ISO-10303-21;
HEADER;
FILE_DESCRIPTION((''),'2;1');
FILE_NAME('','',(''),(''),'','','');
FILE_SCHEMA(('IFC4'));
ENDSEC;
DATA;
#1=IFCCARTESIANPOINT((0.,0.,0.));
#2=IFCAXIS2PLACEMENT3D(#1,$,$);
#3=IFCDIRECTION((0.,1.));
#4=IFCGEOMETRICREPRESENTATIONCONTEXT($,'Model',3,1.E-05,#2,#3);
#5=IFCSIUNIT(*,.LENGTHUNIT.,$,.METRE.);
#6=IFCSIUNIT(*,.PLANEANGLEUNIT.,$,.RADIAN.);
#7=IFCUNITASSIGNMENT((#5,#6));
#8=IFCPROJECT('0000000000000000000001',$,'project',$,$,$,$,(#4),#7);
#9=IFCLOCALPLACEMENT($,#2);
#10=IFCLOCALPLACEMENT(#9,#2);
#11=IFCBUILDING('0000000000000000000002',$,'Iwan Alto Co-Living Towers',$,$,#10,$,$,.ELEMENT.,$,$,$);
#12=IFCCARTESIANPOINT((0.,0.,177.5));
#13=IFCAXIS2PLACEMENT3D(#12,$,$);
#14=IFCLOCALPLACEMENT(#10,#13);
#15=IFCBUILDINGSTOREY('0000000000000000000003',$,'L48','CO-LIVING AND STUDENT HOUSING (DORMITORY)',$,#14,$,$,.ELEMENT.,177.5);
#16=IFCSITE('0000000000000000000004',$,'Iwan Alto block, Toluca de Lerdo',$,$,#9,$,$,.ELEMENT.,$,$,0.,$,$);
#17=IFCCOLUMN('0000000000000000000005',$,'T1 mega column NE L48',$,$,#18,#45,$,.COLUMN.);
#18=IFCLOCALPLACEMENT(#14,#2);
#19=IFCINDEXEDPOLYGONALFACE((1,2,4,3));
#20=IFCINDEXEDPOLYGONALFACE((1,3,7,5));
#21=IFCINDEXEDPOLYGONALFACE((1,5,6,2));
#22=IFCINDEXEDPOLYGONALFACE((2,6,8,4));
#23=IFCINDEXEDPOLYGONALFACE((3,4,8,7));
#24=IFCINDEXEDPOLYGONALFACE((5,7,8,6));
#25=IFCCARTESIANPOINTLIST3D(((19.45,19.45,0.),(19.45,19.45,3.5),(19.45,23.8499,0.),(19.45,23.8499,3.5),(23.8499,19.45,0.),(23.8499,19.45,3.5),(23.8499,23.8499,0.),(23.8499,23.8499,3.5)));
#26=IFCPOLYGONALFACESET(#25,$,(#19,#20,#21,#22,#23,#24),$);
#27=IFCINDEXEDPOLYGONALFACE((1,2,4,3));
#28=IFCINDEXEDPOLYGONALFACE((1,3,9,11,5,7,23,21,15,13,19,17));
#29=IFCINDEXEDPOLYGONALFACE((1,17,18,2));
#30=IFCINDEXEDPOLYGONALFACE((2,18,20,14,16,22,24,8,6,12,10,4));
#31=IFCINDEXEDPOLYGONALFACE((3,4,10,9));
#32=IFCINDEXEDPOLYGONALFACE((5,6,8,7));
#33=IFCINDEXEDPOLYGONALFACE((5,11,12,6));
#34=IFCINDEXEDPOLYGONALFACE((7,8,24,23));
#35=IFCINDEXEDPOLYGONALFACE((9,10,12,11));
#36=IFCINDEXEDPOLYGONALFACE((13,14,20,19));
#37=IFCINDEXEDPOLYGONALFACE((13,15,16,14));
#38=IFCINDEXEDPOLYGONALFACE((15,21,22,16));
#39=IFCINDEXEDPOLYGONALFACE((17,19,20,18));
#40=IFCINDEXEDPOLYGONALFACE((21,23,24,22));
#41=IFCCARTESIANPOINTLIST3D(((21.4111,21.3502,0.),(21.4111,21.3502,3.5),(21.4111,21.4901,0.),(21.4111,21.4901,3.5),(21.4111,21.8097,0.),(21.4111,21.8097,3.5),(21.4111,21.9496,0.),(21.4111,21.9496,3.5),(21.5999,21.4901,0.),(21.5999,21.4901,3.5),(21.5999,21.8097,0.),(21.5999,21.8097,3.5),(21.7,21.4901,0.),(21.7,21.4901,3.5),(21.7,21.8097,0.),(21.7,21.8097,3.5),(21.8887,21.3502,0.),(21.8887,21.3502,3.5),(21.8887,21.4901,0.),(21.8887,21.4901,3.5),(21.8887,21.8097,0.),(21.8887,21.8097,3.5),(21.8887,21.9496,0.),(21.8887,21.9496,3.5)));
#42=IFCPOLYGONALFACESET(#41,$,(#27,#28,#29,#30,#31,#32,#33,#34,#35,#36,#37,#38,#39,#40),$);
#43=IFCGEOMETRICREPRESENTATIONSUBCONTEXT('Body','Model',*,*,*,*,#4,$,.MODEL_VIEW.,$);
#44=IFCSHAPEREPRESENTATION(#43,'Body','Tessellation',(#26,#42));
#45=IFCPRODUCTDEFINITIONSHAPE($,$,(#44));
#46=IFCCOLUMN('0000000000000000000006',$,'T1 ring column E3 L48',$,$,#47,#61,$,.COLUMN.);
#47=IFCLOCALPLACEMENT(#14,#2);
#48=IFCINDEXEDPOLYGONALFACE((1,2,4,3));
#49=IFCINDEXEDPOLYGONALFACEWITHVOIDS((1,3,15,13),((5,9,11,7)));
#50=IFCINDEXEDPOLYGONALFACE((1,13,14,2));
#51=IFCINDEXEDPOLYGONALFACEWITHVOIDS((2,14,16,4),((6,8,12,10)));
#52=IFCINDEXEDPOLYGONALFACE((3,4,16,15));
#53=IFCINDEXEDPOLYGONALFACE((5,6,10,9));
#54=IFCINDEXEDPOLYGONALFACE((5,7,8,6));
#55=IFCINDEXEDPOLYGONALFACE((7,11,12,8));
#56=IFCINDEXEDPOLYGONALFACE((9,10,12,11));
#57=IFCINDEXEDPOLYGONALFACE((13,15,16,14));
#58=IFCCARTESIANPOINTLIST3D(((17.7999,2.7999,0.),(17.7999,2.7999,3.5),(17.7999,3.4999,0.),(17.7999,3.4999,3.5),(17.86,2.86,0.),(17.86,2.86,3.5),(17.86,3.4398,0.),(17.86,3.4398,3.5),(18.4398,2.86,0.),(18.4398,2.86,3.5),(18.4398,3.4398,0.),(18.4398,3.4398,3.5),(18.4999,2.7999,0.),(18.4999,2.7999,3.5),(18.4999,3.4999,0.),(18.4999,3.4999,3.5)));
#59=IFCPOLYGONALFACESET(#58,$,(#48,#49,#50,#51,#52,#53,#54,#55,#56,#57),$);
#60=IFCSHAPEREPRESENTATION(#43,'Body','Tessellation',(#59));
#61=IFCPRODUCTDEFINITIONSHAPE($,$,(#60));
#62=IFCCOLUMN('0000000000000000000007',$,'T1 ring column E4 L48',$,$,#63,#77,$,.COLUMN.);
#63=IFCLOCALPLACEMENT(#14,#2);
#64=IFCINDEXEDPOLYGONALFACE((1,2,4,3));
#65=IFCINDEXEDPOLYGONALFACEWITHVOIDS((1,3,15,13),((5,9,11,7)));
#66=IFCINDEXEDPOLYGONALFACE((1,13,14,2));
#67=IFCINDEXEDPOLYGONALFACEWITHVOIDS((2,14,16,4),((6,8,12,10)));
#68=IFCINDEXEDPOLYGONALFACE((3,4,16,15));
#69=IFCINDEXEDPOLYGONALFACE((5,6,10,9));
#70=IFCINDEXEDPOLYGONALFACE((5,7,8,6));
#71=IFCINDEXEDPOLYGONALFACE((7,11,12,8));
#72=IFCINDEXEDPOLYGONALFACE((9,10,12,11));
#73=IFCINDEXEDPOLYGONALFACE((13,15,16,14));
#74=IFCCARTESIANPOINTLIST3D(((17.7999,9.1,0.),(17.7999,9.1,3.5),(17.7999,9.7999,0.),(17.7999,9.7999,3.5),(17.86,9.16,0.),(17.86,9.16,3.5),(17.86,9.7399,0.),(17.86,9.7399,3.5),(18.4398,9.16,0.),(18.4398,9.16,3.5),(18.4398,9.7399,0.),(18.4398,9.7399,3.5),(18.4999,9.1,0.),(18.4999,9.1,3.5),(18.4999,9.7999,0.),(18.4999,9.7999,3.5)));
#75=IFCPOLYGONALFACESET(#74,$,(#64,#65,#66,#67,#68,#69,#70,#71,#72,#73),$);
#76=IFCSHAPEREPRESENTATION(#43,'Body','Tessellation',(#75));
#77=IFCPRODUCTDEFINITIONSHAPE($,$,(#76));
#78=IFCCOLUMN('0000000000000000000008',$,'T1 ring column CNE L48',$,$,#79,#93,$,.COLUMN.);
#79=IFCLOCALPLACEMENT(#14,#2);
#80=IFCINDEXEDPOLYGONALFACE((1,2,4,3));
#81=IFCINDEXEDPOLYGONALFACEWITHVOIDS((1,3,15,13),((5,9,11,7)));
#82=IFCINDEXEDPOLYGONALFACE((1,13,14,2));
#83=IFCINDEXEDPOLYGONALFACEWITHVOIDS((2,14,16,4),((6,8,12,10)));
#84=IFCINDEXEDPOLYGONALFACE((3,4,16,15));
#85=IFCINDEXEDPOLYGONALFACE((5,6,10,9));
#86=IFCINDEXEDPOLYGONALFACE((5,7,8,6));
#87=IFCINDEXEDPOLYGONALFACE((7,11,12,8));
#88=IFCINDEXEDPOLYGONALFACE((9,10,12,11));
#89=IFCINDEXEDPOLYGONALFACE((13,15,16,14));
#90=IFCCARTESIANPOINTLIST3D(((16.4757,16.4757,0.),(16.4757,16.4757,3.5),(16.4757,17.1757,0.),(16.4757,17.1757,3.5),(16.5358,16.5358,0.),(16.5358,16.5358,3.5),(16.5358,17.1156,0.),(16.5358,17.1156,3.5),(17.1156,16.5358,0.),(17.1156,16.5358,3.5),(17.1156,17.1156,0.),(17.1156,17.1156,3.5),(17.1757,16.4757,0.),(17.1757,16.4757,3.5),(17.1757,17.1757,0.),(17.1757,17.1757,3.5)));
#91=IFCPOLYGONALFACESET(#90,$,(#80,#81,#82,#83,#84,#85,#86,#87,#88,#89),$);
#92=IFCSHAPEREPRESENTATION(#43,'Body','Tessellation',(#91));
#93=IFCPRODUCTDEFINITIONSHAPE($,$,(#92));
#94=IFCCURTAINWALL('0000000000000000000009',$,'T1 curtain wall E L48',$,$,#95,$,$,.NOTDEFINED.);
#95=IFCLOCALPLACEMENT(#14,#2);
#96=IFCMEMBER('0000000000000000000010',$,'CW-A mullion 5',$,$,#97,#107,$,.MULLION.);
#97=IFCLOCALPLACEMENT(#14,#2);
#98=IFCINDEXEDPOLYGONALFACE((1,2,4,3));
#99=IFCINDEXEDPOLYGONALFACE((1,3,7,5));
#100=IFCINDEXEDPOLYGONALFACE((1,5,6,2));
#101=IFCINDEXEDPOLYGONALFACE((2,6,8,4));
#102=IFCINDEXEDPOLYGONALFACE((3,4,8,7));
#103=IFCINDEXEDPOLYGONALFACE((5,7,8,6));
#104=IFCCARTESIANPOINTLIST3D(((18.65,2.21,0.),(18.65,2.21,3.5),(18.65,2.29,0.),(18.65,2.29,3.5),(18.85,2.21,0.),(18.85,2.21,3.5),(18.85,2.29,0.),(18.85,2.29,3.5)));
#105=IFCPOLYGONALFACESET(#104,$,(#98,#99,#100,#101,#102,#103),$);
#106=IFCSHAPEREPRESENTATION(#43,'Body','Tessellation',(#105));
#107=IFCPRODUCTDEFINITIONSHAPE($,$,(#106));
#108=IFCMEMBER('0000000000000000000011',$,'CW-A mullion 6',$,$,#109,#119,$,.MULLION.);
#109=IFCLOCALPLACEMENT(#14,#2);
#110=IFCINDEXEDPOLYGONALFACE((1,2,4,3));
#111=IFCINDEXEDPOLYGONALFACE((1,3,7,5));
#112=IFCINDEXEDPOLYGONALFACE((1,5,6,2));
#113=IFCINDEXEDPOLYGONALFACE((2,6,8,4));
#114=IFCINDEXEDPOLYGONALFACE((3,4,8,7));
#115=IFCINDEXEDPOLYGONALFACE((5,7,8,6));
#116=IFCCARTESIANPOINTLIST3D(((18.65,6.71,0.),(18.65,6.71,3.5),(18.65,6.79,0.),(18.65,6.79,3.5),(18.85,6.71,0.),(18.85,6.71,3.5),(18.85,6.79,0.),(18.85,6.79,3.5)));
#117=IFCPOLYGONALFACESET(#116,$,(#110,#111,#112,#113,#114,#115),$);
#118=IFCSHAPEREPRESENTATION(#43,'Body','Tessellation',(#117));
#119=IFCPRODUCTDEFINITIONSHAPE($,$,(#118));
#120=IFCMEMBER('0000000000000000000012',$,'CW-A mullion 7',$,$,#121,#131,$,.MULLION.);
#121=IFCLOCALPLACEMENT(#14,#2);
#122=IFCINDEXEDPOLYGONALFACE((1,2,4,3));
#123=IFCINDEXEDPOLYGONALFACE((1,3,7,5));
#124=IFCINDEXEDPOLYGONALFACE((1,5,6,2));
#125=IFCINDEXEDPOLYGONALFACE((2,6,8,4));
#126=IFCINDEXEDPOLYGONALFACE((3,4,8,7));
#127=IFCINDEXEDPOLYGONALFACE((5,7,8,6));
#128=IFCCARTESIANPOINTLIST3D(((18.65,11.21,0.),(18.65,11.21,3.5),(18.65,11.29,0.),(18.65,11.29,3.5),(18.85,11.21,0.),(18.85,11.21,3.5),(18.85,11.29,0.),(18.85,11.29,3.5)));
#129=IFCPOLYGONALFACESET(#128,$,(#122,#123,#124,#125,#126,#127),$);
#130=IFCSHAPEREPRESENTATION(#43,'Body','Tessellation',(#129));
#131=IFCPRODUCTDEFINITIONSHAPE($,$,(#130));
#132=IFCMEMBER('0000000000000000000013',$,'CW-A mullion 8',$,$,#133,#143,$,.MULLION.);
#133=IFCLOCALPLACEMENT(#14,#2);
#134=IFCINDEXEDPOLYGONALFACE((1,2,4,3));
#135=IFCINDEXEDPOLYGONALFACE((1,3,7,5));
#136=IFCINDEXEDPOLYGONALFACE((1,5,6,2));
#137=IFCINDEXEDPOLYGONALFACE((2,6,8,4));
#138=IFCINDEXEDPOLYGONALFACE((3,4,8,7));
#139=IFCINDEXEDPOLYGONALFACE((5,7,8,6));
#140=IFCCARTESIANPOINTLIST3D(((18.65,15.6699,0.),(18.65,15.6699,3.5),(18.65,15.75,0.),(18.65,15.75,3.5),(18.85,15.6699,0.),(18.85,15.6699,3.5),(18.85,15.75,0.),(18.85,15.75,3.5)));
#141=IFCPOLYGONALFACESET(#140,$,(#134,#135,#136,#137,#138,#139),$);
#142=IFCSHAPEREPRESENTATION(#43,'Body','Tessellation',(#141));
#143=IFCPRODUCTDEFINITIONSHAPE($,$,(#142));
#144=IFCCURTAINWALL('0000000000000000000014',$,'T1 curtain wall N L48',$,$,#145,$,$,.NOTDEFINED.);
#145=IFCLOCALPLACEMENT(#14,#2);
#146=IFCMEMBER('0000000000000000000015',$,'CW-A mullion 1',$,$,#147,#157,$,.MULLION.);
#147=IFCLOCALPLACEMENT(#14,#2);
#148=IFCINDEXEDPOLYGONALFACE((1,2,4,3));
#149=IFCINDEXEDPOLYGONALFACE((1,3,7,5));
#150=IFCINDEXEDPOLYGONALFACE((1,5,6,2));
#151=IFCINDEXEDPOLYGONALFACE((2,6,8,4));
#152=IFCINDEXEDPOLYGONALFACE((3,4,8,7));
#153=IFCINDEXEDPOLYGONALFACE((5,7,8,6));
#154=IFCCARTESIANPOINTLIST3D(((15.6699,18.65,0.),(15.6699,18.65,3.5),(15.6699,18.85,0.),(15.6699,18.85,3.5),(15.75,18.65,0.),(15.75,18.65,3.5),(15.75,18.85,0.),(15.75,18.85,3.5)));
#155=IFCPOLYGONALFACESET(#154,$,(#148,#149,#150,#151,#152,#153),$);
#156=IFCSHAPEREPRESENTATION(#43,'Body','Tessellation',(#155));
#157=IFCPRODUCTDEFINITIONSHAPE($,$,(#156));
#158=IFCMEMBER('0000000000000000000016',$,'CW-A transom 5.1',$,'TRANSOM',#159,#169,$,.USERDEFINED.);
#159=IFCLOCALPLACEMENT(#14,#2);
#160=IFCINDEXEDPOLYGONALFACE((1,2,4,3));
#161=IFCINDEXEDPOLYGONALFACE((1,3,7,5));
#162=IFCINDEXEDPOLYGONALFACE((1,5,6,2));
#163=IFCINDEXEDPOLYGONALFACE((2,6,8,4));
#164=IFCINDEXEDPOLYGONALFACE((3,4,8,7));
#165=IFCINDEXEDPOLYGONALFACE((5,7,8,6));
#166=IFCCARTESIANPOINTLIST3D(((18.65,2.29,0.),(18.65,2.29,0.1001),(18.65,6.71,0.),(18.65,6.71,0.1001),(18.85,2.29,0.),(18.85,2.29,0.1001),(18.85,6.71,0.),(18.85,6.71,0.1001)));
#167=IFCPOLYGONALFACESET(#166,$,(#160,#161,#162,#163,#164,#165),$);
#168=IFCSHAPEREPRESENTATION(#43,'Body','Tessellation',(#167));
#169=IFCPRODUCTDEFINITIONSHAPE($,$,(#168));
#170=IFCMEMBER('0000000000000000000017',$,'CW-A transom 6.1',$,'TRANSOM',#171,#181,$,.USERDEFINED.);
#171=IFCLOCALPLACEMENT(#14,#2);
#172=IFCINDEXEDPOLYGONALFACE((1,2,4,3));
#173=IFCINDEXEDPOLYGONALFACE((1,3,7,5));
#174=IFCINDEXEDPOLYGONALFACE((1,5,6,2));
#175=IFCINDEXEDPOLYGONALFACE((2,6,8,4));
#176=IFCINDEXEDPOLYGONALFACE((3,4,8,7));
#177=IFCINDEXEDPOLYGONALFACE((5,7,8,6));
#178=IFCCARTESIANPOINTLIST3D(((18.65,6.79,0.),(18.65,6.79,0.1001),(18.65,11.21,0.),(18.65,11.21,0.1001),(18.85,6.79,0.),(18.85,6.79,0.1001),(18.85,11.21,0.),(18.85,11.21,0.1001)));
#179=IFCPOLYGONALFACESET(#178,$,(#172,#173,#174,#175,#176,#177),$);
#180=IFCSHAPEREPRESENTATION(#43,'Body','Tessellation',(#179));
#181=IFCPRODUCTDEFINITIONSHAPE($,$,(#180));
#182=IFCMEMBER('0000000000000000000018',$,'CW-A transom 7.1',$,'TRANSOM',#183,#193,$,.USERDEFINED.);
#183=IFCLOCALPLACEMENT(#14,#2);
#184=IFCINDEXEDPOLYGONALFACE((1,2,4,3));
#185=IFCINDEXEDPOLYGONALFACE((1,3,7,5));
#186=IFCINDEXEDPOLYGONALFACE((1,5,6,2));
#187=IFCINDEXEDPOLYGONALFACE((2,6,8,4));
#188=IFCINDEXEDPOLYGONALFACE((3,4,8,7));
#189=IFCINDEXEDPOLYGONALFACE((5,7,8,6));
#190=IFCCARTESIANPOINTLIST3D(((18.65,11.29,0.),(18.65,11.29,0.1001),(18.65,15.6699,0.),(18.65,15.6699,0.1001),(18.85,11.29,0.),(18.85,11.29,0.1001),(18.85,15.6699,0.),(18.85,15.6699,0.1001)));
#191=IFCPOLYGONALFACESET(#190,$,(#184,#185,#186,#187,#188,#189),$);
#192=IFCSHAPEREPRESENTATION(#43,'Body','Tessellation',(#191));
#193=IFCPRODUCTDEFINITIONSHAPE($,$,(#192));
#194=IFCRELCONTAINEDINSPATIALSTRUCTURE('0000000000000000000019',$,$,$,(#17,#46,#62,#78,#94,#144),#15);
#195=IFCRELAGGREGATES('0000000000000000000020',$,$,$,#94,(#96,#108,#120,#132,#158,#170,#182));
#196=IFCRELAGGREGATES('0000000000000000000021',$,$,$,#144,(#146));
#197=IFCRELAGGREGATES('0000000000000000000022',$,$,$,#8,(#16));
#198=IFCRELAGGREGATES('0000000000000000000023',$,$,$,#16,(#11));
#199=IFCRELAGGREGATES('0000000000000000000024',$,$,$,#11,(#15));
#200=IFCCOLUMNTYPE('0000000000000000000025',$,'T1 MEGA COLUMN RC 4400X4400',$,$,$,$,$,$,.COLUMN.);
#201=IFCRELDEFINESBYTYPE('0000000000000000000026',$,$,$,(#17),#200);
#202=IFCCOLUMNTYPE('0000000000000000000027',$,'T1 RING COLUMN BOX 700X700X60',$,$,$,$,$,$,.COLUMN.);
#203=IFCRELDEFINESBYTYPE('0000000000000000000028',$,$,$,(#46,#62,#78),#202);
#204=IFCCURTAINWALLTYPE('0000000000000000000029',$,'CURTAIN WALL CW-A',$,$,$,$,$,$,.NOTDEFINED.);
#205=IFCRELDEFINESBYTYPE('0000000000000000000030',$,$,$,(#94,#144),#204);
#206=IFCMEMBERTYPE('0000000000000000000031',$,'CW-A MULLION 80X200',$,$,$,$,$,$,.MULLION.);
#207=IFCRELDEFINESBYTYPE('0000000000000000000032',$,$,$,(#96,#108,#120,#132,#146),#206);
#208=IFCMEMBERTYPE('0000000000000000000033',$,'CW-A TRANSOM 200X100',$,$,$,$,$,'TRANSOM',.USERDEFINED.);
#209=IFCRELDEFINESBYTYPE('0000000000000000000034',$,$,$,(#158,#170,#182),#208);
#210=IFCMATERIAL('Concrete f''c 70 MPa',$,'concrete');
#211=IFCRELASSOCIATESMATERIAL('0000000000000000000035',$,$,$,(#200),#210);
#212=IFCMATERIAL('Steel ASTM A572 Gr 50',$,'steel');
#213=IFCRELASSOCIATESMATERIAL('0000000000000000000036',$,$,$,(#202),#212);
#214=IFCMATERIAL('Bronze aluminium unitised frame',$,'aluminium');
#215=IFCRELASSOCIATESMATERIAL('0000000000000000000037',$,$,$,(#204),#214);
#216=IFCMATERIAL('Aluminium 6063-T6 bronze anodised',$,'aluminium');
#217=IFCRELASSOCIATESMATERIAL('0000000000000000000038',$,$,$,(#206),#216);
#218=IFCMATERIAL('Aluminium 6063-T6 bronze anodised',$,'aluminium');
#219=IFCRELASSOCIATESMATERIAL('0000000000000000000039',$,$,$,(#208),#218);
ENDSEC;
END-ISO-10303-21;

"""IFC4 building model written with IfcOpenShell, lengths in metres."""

from ifc_helpers import new_model, si_unit, direction, frame, origin, origin_2d, place, context, subcontext, project, spatial, rectangle, hollow_rectangle, i_section, extrude, material, material_profile, profile_set, type_object, element, aggregate, save


model = new_model("IFC4")

# Units and contexts
model_context = context("Model", 3, precision=1e-05, world=origin(), true_north=direction((0.0, 1.0)))
body_context = subcontext(model_context, "Body", "Model", "MODEL_VIEW")
ifc_project = project(units=[si_unit("LENGTHUNIT", "METRE"), si_unit("PLANEANGLEUNIT", "RADIAN")], contexts=[model_context])

# Site, building, storey
site_placement = place(None, origin())
site = spatial("IfcSite", under=ifc_project, at=site_placement, Name="Iwan Alto block, Toluca de Lerdo", CompositionType="ELEMENT", RefElevation=0.0)
building_placement = place(site_placement, origin())
building = spatial("IfcBuilding", under=site, at=building_placement, Name="Iwan Alto Co-Living Towers", CompositionType="ELEMENT")
storey_placement = place(building_placement, frame((0.0, 0.0, 177.5)))
storey = spatial("IfcBuildingStorey", under=building, at=storey_placement, Name="L48", Description="CO-LIVING AND STUDENT HOUSING (DORMITORY)", CompositionType="ELEMENT", Elevation=177.5)

# Columns
ifc_material_1 = material(Name="Concrete f'c 70 MPa", Category="concrete")
ifc_material_profile_1 = material_profile(ifc_material_1, rectangle(XDim=4.3999, YDim=4.3999, at=origin_2d()), Name="RC 4400X4400")
ifc_profile_set_1 = profile_set([ifc_material_profile_1], Name="Concrete f'c 70 MPa")
column_type_1 = type_object("IfcColumnType", Name="T1 MEGA COLUMN RC 4400X4400", PredefinedType="COLUMN", material=ifc_profile_set_1)
column_placement = place(storey_placement, frame((21.6499, 21.6499, 0.0), z_axis=(0.0, 0.0, 1.0), x_axis=(1.0, 0.0, 0.0)))
element("IfcColumn", 1, at=column_placement, inside=storey, type_object=column_type_1, Name="T1 mega column NE L48", PredefinedType="COLUMN", context=body_context, shape_type="SweptSolid", body=[
    extrude(rectangle(XDim=4.3999, YDim=4.3999, at=origin_2d()), origin(), (0.0, 0.0, 1.0), 3.5),
    extrude(i_section(OverallWidth=0.4775, OverallDepth=0.5994, WebThickness=0.1001, FlangeThickness=0.1399, at=origin_2d()), origin(), (0.0, 0.0, 1.0), 3.5),
])
ifc_material_2 = material(Name="Steel ASTM A572 Gr 50", Category="steel")
ifc_material_profile_2 = material_profile(ifc_material_2, hollow_rectangle(XDim=0.7, YDim=0.7, WallThickness=0.0601, at=origin_2d()), Name="BOX 700X700X60")
ifc_profile_set_2 = profile_set([ifc_material_profile_2], Name="Steel ASTM A572 Gr 50")
column_type_2 = type_object("IfcColumnType", Name="T1 RING COLUMN BOX 700X700X60", PredefinedType="COLUMN", material=ifc_profile_set_2)
for number, where, z_axis, x_axis, name in (
    (2, (18.1499, 3.1499, 0.0), (0.0, 0.0, 1.0), (1.0, 0.0, 0.0), "T1 ring column E3 L48"),
    (3, (18.1499, 9.45, 0.0), (0.0, 0.0, 1.0), (1.0, 0.0, 0.0), "T1 ring column E4 L48"),
    (4, (16.8257, 16.8257, 0.0), (0.0, 0.0, 1.0), (1.0, 0.0, 0.0), "T1 ring column CNE L48"),
):
    element("IfcColumn", number, at=place(storey_placement, frame(where, z_axis=z_axis, x_axis=x_axis)), inside=storey, type_object=column_type_2, Name=name, PredefinedType="COLUMN", context=body_context, shape_type="SweptSolid", body=[
        extrude(hollow_rectangle(XDim=0.7, YDim=0.7, WallThickness=0.0601, at=origin_2d()), origin(), (0.0, 0.0, 1.0), 3.5),
    ])

# Curtain wall, members
ifc_material_3 = material(Name="Bronze aluminium unitised frame", Category="aluminium")
curtain_wall_type_1 = type_object("IfcCurtainWallType", Name="CURTAIN WALL CW-A", PredefinedType="NOTDEFINED", material=ifc_material_3)
curtain_wall_1_placement = place(storey_placement, origin())
curtain_wall_1 = element("IfcCurtainWall", 5, at=curtain_wall_1_placement, inside=storey, type_object=curtain_wall_type_1, Name="T1 curtain wall E L48", PredefinedType="NOTDEFINED")
ifc_material_4 = material(Name="Aluminium 6063-T6 bronze anodised", Category="aluminium")
ifc_material_profile_3 = material_profile(ifc_material_4, rectangle(XDim=0.2, YDim=0.0801, at=origin_2d()), Name="AL 80X200")
ifc_profile_set_3 = profile_set([ifc_material_profile_3], Name="Aluminium 6063-T6 bronze anodised")
member_type_1 = type_object("IfcMemberType", Name="CW-A MULLION 80X200", PredefinedType="MULLION", material=ifc_profile_set_3)
member_1_placement = place(storey_placement, frame((18.75, 2.25, 0.0), z_axis=(0.0, 0.0, 1.0), x_axis=(-1.0, 0.0, 0.0)))
member_1 = element("IfcMember", 6, at=member_1_placement, type_object=member_type_1, Name="CW-A mullion 5", PredefinedType="MULLION", context=body_context, shape_type="SweptSolid", body=[
    extrude(rectangle(XDim=0.2, YDim=0.0801, at=origin_2d()), origin(), (0.0, 0.0, 1.0), 3.5),
])
member_2_placement = place(storey_placement, frame((18.75, 6.75, 0.0), z_axis=(0.0, 0.0, 1.0), x_axis=(-1.0, 0.0, 0.0)))
member_2 = element("IfcMember", 7, at=member_2_placement, type_object=member_type_1, Name="CW-A mullion 6", PredefinedType="MULLION", context=body_context, shape_type="SweptSolid", body=[
    extrude(rectangle(XDim=0.2, YDim=0.0801, at=origin_2d()), origin(), (0.0, 0.0, 1.0), 3.5),
])
member_3_placement = place(storey_placement, frame((18.75, 11.25, 0.0), z_axis=(0.0, 0.0, 1.0), x_axis=(-1.0, 0.0, 0.0)))
member_3 = element("IfcMember", 8, at=member_3_placement, type_object=member_type_1, Name="CW-A mullion 7", PredefinedType="MULLION", context=body_context, shape_type="SweptSolid", body=[
    extrude(rectangle(XDim=0.2, YDim=0.0801, at=origin_2d()), origin(), (0.0, 0.0, 1.0), 3.5),
])
member_4_placement = place(storey_placement, frame((18.75, 15.71, 0.0), z_axis=(0.0, 0.0, 1.0), x_axis=(-1.0, 0.0, 0.0)))
member_4 = element("IfcMember", 9, at=member_4_placement, type_object=member_type_1, Name="CW-A mullion 8", PredefinedType="MULLION", context=body_context, shape_type="SweptSolid", body=[
    extrude(rectangle(XDim=0.2, YDim=0.0801, at=origin_2d()), origin(), (0.0, 0.0, 1.0), 3.5),
])

# Curtain wall, member
curtain_wall_2_placement = place(storey_placement, origin())
curtain_wall_2 = element("IfcCurtainWall", 10, at=curtain_wall_2_placement, inside=storey, type_object=curtain_wall_type_1, Name="T1 curtain wall N L48", PredefinedType="NOTDEFINED")
member_5_placement = place(storey_placement, frame((15.71, 18.75, 0.0), z_axis=(0.0, 0.0, 1.0), x_axis=(0.0, -1.0, 0.0)))
member_5 = element("IfcMember", 11, at=member_5_placement, type_object=member_type_1, Name="CW-A mullion 1", PredefinedType="MULLION", context=body_context, shape_type="SweptSolid", body=[
    extrude(rectangle(XDim=0.2, YDim=0.0801, at=origin_2d()), origin(), (0.0, 0.0, 1.0), 3.5),
])

# Members
ifc_material_5 = material(Name="Aluminium 6063-T6 bronze anodised", Category="aluminium")
ifc_material_profile_4 = material_profile(ifc_material_5, rectangle(XDim=0.2, YDim=0.1001, at=origin_2d()), Name="AL 200X100")
ifc_profile_set_4 = profile_set([ifc_material_profile_4], Name="Aluminium 6063-T6 bronze anodised")
member_type_2 = type_object("IfcMemberType", Name="CW-A TRANSOM 200X100", ElementType="TRANSOM", PredefinedType="USERDEFINED", material=ifc_profile_set_4)
member_6_placement = place(storey_placement, frame((18.75, 2.29, 0.05), z_axis=(0.0, 1.0, 0.0), x_axis=(-1.0, 0.0, 0.0)))
member_6 = element("IfcMember", 12, at=member_6_placement, type_object=member_type_2, Name="CW-A transom 5.1", ObjectType="TRANSOM", PredefinedType="USERDEFINED", context=body_context, shape_type="SweptSolid", body=[
    extrude(rectangle(XDim=0.2, YDim=0.1001, at=origin_2d()), origin(), (0.0, 0.0, 1.0), 4.4199),
])
member_7_placement = place(storey_placement, frame((18.75, 6.79, 0.05), z_axis=(0.0, 1.0, 0.0), x_axis=(-1.0, 0.0, 0.0)))
member_7 = element("IfcMember", 13, at=member_7_placement, type_object=member_type_2, Name="CW-A transom 6.1", ObjectType="TRANSOM", PredefinedType="USERDEFINED", context=body_context, shape_type="SweptSolid", body=[
    extrude(rectangle(XDim=0.2, YDim=0.1001, at=origin_2d()), origin(), (0.0, 0.0, 1.0), 4.4199),
])
member_8_placement = place(storey_placement, frame((18.75, 11.29, 0.05), z_axis=(0.0, 1.0, 0.0), x_axis=(-1.0, 0.0, 0.0)))
member_8 = element("IfcMember", 14, at=member_8_placement, type_object=member_type_2, Name="CW-A transom 7.1", ObjectType="TRANSOM", PredefinedType="USERDEFINED", context=body_context, shape_type="SweptSolid", body=[
    extrude(rectangle(XDim=0.2, YDim=0.1001, at=origin_2d()), origin(), (0.0, 0.0, 1.0), 4.3799),
])

aggregate(curtain_wall_1, [member_1, member_2, member_3, member_4, member_6, member_7, member_8])
aggregate(curtain_wall_2, [member_5])

save(model, "model.ifc")
